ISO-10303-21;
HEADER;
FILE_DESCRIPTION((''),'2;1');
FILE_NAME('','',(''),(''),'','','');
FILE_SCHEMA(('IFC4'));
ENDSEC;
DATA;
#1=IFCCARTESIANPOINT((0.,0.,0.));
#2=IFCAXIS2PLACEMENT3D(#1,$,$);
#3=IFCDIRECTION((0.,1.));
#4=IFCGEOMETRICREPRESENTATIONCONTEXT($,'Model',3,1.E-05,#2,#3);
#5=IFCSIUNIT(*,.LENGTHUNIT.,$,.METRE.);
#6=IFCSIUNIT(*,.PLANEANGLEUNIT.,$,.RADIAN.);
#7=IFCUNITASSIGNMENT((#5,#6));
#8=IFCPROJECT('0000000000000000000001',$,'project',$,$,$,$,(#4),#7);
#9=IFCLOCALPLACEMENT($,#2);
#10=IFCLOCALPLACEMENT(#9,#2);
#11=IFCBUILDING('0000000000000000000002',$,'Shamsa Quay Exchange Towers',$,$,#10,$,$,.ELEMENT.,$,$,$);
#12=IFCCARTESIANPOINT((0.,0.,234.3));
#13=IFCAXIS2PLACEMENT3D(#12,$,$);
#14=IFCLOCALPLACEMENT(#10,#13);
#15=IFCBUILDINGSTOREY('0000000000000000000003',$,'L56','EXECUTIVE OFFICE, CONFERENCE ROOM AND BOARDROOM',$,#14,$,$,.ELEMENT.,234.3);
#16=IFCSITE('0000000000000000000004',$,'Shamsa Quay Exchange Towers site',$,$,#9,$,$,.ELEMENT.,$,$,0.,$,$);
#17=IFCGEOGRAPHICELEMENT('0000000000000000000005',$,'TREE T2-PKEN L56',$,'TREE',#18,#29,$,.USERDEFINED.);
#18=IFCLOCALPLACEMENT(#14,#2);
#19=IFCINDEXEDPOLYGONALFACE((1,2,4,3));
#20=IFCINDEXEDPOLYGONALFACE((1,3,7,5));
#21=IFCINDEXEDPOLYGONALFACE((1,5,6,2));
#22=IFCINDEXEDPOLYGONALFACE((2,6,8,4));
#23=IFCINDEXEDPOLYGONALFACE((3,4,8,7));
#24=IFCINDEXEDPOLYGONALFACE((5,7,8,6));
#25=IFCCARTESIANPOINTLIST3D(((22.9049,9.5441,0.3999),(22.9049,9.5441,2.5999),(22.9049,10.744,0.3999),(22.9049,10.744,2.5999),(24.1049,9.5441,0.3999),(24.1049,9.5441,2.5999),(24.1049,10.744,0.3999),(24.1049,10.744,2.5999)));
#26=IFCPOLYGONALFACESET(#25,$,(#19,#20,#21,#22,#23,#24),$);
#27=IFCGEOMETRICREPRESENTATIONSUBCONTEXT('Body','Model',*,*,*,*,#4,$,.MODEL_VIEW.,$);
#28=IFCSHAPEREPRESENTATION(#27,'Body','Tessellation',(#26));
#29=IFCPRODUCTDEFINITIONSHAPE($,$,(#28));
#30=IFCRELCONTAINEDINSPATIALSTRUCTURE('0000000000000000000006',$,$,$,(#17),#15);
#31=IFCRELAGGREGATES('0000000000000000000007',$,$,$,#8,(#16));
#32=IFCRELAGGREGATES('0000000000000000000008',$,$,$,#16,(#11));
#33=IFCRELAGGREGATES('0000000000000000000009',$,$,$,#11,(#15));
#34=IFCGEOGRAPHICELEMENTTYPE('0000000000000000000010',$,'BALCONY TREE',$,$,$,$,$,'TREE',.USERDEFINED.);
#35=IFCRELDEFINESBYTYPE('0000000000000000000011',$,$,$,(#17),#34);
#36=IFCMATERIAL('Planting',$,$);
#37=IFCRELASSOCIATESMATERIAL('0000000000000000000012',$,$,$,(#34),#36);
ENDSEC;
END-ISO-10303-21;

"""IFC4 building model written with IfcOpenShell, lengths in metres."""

from ifc_helpers import new_model, si_unit, direction, frame, origin, origin_2d, place, context, subcontext, project, spatial, rectangle, extrude, material, type_object, element, save


model = new_model("IFC4")

# Units and contexts
model_context = context("Model", 3, precision=1e-05, world=origin(), true_north=direction((0.0, 1.0)))
body_context = subcontext(model_context, "Body", "Model", "MODEL_VIEW")
ifc_project = project(units=[si_unit("LENGTHUNIT", "METRE"), si_unit("PLANEANGLEUNIT", "RADIAN")], contexts=[model_context])

# Site, building, storey
site_placement = place(None, origin())
site = spatial("IfcSite", under=ifc_project, at=site_placement, Name="Shamsa Quay Exchange Towers site", CompositionType="ELEMENT", RefElevation=0.0)
building_placement = place(site_placement, origin())
building = spatial("IfcBuilding", under=site, at=building_placement, Name="Shamsa Quay Exchange Towers", CompositionType="ELEMENT")
storey_placement = place(building_placement, frame((0.0, 0.0, 234.3)))
storey = spatial("IfcBuildingStorey", under=building, at=storey_placement, Name="L56", Description="EXECUTIVE OFFICE, CONFERENCE ROOM AND BOARDROOM", CompositionType="ELEMENT", Elevation=234.3)

# Geographic element
ifc_material_1 = material(Name="Planting")
geographic_element_type = type_object("IfcGeographicElementType", Name="BALCONY TREE", ElementType="TREE", PredefinedType="USERDEFINED", material=ifc_material_1)
geographic_element_placement = place(storey_placement, frame((23.5049, 10.144, 0.3999), z_axis=(0.0, 0.0, 1.0), x_axis=(0.0, -1.0, 0.0)))
element("IfcGeographicElement", 1, at=geographic_element_placement, inside=storey, type_object=geographic_element_type, Name="TREE T2-PKEN L56", ObjectType="TREE", PredefinedType="USERDEFINED", context=body_context, shape_type="SweptSolid", body=[
    extrude(rectangle(XDim=1.2, YDim=1.2, at=origin_2d()), origin(), (0.0, 0.0, 1.0), 2.2),
])

save(model, "model.ifc")
